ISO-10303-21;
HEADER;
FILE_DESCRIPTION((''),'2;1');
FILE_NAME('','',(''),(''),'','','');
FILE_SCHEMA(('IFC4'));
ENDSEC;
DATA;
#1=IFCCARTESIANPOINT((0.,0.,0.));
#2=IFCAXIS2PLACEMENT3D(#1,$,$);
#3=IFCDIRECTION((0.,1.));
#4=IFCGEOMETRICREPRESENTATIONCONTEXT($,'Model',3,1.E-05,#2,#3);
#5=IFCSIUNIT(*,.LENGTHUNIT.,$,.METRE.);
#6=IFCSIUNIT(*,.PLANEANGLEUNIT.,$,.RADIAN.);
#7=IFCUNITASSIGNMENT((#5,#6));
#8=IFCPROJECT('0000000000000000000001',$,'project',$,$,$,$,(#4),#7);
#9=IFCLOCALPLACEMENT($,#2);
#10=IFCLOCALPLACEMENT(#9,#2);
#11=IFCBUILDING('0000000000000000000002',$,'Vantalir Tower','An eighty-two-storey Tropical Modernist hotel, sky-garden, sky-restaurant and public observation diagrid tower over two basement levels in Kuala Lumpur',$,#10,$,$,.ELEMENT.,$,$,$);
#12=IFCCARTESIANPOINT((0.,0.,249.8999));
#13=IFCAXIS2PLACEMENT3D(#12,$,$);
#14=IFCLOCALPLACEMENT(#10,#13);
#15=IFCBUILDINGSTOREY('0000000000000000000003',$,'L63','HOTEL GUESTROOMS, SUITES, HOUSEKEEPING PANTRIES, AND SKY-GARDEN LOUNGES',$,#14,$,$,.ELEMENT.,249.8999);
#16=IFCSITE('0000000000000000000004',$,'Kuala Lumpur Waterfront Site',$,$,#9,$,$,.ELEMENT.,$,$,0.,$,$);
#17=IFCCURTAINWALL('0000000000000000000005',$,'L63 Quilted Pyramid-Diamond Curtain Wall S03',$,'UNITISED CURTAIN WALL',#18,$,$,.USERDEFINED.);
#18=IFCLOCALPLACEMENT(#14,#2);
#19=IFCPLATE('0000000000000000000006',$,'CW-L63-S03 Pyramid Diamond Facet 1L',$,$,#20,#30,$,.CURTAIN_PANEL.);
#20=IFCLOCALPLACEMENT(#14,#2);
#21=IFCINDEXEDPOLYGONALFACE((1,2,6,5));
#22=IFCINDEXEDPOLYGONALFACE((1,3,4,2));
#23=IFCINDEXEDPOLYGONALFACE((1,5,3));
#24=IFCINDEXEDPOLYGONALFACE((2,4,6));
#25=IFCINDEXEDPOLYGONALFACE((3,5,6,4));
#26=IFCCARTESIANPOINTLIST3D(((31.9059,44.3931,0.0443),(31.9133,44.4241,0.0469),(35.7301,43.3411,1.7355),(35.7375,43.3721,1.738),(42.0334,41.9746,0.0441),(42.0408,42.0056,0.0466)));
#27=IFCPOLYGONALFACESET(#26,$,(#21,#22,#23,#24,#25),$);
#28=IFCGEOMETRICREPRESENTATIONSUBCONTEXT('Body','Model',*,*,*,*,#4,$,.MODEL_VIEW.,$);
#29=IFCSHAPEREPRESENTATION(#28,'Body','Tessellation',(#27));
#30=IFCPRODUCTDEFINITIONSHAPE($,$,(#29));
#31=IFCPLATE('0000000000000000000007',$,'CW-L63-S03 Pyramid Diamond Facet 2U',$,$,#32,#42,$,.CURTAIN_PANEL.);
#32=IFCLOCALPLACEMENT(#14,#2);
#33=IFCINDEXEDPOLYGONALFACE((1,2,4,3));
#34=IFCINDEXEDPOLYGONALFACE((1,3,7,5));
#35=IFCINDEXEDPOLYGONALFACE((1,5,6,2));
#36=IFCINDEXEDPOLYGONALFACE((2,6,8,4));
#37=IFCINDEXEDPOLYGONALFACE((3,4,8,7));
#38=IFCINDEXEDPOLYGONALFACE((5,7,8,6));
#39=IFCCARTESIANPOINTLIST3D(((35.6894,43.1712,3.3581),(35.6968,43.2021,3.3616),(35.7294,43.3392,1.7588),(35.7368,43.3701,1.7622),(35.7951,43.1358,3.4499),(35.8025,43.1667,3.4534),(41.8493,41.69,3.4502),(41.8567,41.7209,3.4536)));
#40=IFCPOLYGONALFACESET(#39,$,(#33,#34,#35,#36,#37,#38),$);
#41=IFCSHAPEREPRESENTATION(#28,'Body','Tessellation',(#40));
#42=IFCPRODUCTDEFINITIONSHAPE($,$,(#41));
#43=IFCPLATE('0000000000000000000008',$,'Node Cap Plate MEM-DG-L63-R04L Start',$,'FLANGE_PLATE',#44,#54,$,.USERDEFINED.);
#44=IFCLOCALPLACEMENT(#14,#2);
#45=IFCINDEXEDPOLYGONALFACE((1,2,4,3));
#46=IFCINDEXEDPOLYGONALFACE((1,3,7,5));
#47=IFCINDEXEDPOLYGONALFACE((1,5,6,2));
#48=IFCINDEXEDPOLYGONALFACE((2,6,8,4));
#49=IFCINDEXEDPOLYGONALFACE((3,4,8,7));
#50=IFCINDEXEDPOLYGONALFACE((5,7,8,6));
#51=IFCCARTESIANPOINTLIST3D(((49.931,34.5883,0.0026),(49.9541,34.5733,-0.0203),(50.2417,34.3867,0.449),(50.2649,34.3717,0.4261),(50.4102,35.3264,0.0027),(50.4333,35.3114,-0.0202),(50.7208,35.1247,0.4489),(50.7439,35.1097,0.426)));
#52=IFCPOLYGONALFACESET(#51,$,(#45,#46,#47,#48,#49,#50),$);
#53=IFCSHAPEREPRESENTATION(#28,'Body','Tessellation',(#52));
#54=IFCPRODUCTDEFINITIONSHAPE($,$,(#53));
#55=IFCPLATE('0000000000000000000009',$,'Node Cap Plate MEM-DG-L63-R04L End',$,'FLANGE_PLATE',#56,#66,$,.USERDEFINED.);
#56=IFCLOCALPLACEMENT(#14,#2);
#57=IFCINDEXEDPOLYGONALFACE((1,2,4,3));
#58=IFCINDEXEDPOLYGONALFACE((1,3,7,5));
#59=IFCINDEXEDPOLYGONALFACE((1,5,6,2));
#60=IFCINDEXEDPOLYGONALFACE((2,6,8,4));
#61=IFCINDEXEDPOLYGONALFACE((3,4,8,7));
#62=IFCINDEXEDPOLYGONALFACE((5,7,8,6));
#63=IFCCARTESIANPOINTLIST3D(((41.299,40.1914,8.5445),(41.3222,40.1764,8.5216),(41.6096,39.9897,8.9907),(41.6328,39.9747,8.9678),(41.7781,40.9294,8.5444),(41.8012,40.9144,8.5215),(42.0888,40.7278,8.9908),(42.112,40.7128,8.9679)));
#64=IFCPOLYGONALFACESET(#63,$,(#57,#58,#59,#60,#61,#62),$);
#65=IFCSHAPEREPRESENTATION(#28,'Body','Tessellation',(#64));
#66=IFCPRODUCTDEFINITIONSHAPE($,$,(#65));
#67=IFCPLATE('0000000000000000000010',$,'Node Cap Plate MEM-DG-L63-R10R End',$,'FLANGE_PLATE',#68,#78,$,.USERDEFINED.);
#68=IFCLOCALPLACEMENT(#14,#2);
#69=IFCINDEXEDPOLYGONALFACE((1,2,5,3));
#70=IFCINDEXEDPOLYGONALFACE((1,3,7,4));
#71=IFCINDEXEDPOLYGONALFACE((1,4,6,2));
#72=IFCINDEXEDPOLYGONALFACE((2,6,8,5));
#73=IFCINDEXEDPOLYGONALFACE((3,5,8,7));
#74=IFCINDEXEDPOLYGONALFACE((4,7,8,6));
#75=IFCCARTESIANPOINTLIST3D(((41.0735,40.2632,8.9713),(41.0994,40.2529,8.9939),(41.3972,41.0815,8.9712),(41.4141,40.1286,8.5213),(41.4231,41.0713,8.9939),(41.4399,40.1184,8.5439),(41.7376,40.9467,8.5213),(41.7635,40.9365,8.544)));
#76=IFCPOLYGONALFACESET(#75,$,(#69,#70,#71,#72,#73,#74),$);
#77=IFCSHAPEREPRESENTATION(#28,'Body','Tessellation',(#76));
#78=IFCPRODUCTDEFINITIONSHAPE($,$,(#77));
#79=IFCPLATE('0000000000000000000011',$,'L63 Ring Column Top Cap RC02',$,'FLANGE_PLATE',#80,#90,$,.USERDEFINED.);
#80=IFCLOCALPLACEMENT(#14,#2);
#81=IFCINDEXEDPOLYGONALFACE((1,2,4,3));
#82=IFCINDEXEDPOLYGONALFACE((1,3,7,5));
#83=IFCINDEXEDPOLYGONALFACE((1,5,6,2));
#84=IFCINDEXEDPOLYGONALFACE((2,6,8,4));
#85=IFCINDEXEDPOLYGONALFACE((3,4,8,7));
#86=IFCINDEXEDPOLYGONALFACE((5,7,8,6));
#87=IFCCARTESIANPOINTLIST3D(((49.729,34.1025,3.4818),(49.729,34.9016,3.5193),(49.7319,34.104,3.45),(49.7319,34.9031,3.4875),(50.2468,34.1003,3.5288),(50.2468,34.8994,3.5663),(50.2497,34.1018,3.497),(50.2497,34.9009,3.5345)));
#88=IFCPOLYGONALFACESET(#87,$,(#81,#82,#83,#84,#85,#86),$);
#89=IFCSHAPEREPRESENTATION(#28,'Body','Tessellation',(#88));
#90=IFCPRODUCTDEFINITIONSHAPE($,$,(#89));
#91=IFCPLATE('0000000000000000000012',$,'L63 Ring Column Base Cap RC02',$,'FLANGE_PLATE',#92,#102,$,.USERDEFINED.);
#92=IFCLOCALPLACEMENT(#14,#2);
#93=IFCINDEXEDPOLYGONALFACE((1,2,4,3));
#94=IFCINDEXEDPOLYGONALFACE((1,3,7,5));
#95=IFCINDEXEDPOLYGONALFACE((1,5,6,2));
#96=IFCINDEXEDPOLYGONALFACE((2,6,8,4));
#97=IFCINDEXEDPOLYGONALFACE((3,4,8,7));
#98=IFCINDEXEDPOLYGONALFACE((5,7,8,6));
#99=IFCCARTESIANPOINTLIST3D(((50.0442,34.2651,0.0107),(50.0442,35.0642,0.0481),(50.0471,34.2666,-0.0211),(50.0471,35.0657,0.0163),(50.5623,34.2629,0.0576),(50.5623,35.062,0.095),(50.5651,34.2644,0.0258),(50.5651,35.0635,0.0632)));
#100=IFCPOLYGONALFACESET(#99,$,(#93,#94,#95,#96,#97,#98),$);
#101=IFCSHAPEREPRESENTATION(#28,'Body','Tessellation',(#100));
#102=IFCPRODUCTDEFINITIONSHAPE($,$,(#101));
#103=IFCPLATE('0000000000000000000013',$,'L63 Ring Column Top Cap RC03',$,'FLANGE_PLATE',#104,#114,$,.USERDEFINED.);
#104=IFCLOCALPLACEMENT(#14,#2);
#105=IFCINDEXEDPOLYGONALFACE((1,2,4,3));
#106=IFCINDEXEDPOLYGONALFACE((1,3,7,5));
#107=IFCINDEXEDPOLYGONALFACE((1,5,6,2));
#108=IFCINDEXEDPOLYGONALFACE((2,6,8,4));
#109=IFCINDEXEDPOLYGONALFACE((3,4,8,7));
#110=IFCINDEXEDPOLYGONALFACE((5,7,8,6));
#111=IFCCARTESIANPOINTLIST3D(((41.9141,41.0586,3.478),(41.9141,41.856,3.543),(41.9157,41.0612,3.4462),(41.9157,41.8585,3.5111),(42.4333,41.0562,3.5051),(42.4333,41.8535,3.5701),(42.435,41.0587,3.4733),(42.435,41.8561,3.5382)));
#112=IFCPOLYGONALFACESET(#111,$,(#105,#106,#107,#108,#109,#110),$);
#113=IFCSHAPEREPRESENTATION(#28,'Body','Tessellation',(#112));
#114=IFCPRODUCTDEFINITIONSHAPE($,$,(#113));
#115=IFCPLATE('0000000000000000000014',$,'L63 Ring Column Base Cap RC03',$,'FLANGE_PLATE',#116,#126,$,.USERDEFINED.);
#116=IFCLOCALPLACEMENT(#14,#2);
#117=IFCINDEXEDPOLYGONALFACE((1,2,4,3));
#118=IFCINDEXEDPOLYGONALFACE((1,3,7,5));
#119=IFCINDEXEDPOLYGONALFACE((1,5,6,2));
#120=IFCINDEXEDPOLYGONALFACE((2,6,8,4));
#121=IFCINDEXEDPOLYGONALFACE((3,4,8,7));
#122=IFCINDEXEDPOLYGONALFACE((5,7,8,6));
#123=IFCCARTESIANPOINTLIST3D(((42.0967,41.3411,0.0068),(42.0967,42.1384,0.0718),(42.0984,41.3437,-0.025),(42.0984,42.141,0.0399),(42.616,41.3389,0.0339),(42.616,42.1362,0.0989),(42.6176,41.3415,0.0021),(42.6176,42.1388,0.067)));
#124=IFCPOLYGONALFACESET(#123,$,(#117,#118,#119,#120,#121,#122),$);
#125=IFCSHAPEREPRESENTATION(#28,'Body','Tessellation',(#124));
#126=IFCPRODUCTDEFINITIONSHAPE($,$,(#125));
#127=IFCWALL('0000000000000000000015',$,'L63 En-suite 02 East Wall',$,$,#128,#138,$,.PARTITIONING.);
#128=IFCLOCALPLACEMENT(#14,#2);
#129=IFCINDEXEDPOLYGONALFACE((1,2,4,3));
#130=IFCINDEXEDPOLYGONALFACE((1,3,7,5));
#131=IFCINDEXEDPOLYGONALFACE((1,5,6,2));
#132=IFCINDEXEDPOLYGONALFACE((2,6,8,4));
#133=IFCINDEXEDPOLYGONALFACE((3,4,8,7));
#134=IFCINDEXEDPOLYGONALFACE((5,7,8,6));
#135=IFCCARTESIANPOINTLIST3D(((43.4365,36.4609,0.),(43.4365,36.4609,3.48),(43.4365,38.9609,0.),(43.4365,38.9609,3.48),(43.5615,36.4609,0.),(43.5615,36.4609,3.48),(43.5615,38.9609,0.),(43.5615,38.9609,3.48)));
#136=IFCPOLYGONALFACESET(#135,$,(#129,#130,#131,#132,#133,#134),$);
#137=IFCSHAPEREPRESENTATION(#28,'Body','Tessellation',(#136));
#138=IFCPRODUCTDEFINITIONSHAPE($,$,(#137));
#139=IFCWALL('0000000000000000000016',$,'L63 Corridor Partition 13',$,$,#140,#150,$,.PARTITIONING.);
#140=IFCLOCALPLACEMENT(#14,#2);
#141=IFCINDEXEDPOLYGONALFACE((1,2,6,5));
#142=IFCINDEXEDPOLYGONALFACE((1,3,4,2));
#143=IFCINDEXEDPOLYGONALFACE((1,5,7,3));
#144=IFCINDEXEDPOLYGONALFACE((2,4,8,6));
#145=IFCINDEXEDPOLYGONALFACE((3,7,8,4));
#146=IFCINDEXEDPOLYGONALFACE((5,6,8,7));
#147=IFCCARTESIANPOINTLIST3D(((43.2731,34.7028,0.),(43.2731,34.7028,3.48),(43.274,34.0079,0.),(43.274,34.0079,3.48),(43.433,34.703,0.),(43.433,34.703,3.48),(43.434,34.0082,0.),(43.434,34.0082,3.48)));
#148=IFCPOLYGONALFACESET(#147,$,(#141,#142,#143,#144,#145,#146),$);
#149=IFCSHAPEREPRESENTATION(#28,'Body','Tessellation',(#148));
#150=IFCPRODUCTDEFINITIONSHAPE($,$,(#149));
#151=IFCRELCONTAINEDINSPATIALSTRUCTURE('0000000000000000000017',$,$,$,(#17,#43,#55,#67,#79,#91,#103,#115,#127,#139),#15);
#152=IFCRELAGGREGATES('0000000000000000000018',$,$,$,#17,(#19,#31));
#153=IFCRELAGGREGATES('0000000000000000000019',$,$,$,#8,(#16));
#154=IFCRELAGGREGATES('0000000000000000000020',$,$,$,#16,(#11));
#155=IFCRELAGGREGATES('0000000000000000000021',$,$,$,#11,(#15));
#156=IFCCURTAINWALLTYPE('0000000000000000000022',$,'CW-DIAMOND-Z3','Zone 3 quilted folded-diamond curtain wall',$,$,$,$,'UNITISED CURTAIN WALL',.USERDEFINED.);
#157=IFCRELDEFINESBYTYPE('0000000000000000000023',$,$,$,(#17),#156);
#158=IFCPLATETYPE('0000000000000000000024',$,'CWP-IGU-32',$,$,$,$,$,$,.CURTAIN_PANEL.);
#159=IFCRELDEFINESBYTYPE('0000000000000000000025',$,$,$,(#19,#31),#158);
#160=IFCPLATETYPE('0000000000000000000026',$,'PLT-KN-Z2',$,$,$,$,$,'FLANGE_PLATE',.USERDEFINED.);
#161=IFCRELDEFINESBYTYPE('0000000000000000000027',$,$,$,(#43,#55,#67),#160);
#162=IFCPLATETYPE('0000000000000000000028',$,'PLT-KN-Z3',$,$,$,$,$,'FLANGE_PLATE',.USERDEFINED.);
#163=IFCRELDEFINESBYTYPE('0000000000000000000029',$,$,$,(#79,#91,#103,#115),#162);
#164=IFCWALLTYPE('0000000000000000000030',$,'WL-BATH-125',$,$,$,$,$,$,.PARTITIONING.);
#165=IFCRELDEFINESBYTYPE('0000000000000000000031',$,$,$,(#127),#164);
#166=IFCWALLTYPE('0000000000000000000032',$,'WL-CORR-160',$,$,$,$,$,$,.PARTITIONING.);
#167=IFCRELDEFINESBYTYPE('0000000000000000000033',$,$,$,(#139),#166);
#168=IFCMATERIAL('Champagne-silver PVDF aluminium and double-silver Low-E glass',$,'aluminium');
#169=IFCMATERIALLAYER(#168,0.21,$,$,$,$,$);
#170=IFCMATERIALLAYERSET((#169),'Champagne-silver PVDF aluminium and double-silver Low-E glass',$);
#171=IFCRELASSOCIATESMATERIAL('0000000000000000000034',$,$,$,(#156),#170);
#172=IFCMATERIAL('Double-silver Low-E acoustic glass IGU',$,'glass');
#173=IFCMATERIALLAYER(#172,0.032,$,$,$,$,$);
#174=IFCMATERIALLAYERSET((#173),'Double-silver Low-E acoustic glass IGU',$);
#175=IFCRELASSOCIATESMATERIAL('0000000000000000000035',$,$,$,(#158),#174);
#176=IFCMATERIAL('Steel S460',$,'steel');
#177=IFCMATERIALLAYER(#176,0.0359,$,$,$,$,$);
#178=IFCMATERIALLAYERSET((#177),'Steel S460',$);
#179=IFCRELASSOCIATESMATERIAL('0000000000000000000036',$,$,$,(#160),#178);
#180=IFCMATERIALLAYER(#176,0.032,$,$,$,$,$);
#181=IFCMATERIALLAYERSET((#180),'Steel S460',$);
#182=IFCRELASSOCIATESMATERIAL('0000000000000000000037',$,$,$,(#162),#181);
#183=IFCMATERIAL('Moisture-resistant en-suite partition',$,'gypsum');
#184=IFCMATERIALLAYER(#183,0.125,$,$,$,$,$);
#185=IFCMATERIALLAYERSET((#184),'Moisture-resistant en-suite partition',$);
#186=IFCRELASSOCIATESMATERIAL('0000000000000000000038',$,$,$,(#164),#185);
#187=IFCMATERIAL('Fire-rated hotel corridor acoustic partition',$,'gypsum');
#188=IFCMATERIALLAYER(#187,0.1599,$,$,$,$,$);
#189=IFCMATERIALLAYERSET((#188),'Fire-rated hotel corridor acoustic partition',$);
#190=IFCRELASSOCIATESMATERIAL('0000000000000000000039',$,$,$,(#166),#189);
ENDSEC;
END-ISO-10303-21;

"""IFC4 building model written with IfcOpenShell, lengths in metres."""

from ifc_helpers import new_model, si_unit, direction, frame, frame_2d, origin, place, context, subcontext, project, spatial, polyline, rectangle, outline, extrude, material, layer, layer_set, type_object, element, aggregate, save


model = new_model("IFC4")

# Units and contexts
model_context = context("Model", 3, precision=1e-05, world=origin(), true_north=direction((0.0, 1.0)))
body_context = subcontext(model_context, "Body", "Model", "MODEL_VIEW")
ifc_project = project(units=[si_unit("LENGTHUNIT", "METRE"), si_unit("PLANEANGLEUNIT", "RADIAN")], contexts=[model_context])

# Site, building, storey
site_placement = place(None, origin())
site = spatial("IfcSite", under=ifc_project, at=site_placement, Name="Kuala Lumpur Waterfront Site", CompositionType="ELEMENT", RefElevation=0.0)
building_placement = place(site_placement, origin())
building = spatial("IfcBuilding", under=site, at=building_placement, Name="Vantalir Tower", Description="An eighty-two-storey Tropical Modernist hotel, sky-garden, sky-restaurant and public observation diagrid tower over two basement levels in Kuala Lumpur", CompositionType="ELEMENT")
storey_placement = place(building_placement, frame((0.0, 0.0, 249.8999)))
storey = spatial("IfcBuildingStorey", under=building, at=storey_placement, Name="L63", Description="HOTEL GUESTROOMS, SUITES, HOUSEKEEPING PANTRIES, AND SKY-GARDEN LOUNGES", CompositionType="ELEMENT", Elevation=249.8999)

# Shared definitions
ifc_material_1 = material(Name="Steel S460", Category="steel")

# Shared definitions
ifc_material_2 = material(Name="Champagne-silver PVDF aluminium and double-silver Low-E glass", Category="aluminium")
ifc_layer_1 = layer(ifc_material_2, 0.21)
ifc_layer_set_1 = layer_set([ifc_layer_1], Name="Champagne-silver PVDF aluminium and double-silver Low-E glass")
curtain_wall_type = type_object("IfcCurtainWallType", Name="CW-DIAMOND-Z3", Description="Zone 3 quilted folded-diamond curtain wall", ElementType="UNITISED CURTAIN WALL", PredefinedType="USERDEFINED", material=ifc_layer_set_1)

# Curtain wall
curtain_wall_1_placement = place(storey_placement, origin())
curtain_wall_1 = element("IfcCurtainWall", 1, at=curtain_wall_1_placement, inside=storey, type_object=curtain_wall_type, Name="L63 Quilted Pyramid-Diamond Curtain Wall S03", ObjectType="UNITISED CURTAIN WALL", PredefinedType="USERDEFINED")

# Plates
ifc_material_3 = material(Name="Double-silver Low-E acoustic glass IGU", Category="glass")
ifc_layer_2 = layer(ifc_material_3, 0.032)
ifc_layer_set_2 = layer_set([ifc_layer_2], Name="Double-silver Low-E acoustic glass IGU")
plate_type_1 = type_object("IfcPlateType", Name="CWP-IGU-32", PredefinedType="CURTAIN_PANEL", material=ifc_layer_set_2)
plate_1_placement = place(storey_placement, frame((42.0408, 42.0056, 0.0466), z_axis=(0.231537, 0.969568, 0.079554), x_axis=(-0.972651, 0.232271, 0.000023)))
plate_1 = element("IfcPlate", 2, at=plate_1_placement, type_object=plate_type_1, Name="CW-L63-S03 Pyramid Diamond Facet 1L", PredefinedType="CURTAIN_PANEL", context=body_context, shape_type="SweptSolid", body=[
    extrude(outline(polyline([(0.0, 0.0), (10.4122, 0.0), (6.4483, 1.6966), (0.0, 0.0)])), origin(), (0.0, 0.0, -1.0), 0.032),
])
plate_2_placement = place(storey_placement, frame((41.8567, 41.7209, 3.4536), z_axis=(0.230928, 0.967034, 0.107322), x_axis=(-0.972651, 0.232273, -0.00004)))
plate_2 = element("IfcPlate", 3, at=plate_2_placement, type_object=plate_type_1, Name="CW-L63-S03 Pyramid Diamond Facet 2U", PredefinedType="CURTAIN_PANEL", context=body_context, shape_type="SweptSolid", body=[
    extrude(outline(polyline([(0.0, 0.0), (6.2244, 0.0), (6.3355, -0.0923), (6.3356, -1.701), (0.0, 0.0)])), origin(), (0.0, 0.0, -1.0), 0.032),
])
aggregate(curtain_wall_1, [plate_1, plate_2])

# Plates
ifc_layer_3 = layer(ifc_material_1, 0.0359)
ifc_layer_set_3 = layer_set([ifc_layer_3], Name="Steel S460")
plate_type_2 = type_object("IfcPlateType", Name="PLT-KN-Z2", ElementType="FLANGE_PLATE", PredefinedType="USERDEFINED", material=ifc_layer_set_3)
plate_3_placement = place(storey_placement, frame((50.4102, 35.3264, 0.0027), z_axis=(-0.645433, 0.419009, 0.63863), x_axis=(-0.54455, -0.838728, -0.000057)))
element("IfcPlate", 4, at=plate_3_placement, inside=storey, type_object=plate_type_2, Name="Node Cap Plate MEM-DG-L63-R04L Start", ObjectType="FLANGE_PLATE", PredefinedType="USERDEFINED", context=body_context, shape_type="SweptSolid", body=[
    extrude(outline(polyline([(0.0, 0.0), (0.88, 0.0), (0.8799, 0.58), (0.0, 0.5799), (0.0, 0.0)])), origin(), (0.0, 0.0, -1.0), 0.0359),
])
plate_4_placement = place(storey_placement, frame((41.7781, 40.9294, 8.5444), z_axis=(-0.645433, 0.419009, 0.63863), x_axis=(-0.544471, -0.83878, 0.000057)))
element("IfcPlate", 5, at=plate_4_placement, inside=storey, type_object=plate_type_2, Name="Node Cap Plate MEM-DG-L63-R04L End", ObjectType="FLANGE_PLATE", PredefinedType="USERDEFINED", context=body_context, shape_type="SweptSolid", body=[
    extrude(outline(polyline([(0.0, 0.0), (0.8799, 0.0), (0.8799, 0.5799), (0.0, 0.58), (0.0, 0.0)])), origin(), (0.0, 0.0, -1.0), 0.0359),
])
plate_5_placement = place(storey_placement, frame((41.4399, 40.1184, 8.5439), z_axis=(0.721306, -0.285273, 0.631139), x_axis=(0.367747, 0.929926, 0.000038)))
element("IfcPlate", 6, at=plate_5_placement, inside=storey, type_object=plate_type_2, Name="Node Cap Plate MEM-DG-L63-R10R End", ObjectType="FLANGE_PLATE", PredefinedType="USERDEFINED", context=body_context, shape_type="SweptSolid", body=[
    extrude(outline(polyline([(0.0, 0.0), (0.8797, 0.0), (0.8799, 0.58), (-0.0001, 0.5801), (0.0, 0.0)])), origin(), (0.0, 0.0, -1.0), 0.0359),
])
ifc_layer_4 = layer(ifc_material_1, 0.032)
ifc_layer_set_4 = layer_set([ifc_layer_4], Name="Steel S460")
plate_type_3 = type_object("IfcPlateType", Name="PLT-KN-Z3", ElementType="FLANGE_PLATE", PredefinedType="USERDEFINED", material=ifc_layer_set_4)
plate_6_placement = place(storey_placement, frame((49.729, 34.9016, 3.5193), z_axis=(-0.090485, -0.046655, 0.994804), x_axis=(-0.000014, -0.998902, -0.046849)))
element("IfcPlate", 7, at=plate_6_placement, inside=storey, type_object=plate_type_3, Name="L63 Ring Column Top Cap RC02", ObjectType="FLANGE_PLATE", PredefinedType="USERDEFINED", context=body_context, shape_type="SweptSolid", body=[
    extrude(outline(polyline([(0.0, 0.0), (0.8, 0.0), (0.7999, 0.52), (0.0, 0.5199), (0.0, 0.0)])), origin(), (0.0, 0.0, -1.0), 0.032),
])
plate_7_placement = place(storey_placement, frame((50.0442, 35.0642, 0.0481), z_axis=(-0.090211, -0.046505, 0.994836), x_axis=(0.0, -0.998909, -0.046695)))
element("IfcPlate", 8, at=plate_7_placement, inside=storey, type_object=plate_type_3, Name="L63 Ring Column Base Cap RC02", ObjectType="FLANGE_PLATE", PredefinedType="USERDEFINED", context=body_context, shape_type="SweptSolid", body=[
    extrude(outline(polyline([(0.0, 0.0), (0.7999, 0.0), (0.8, 0.5202), (0.0, 0.5202), (0.0, 0.0)])), origin(), (0.0, 0.0, -1.0), 0.032),
])
plate_8_placement = place(storey_placement, frame((41.9141, 41.856, 3.543), z_axis=(-0.052324, -0.081065, 0.995334), x_axis=(0.0, -0.9967, -0.081176)))
element("IfcPlate", 9, at=plate_8_placement, inside=storey, type_object=plate_type_3, Name="L63 Ring Column Top Cap RC03", ObjectType="FLANGE_PLATE", PredefinedType="USERDEFINED", context=body_context, shape_type="SweptSolid", body=[
    extrude(outline(polyline([(0.0, 0.0), (0.8, 0.0), (0.8002, 0.52), (0.0002, 0.52), (0.0, 0.0)])), origin(), (0.0, 0.0, -1.0), 0.032),
])
plate_9_placement = place(storey_placement, frame((42.0967, 42.1384, 0.0718), z_axis=(-0.052286, -0.081065, 0.995336), x_axis=(0.0, -0.9967, -0.081176)))
element("IfcPlate", 10, at=plate_9_placement, inside=storey, type_object=plate_type_3, Name="L63 Ring Column Base Cap RC03", ObjectType="FLANGE_PLATE", PredefinedType="USERDEFINED", context=body_context, shape_type="SweptSolid", body=[
    extrude(outline(polyline([(0.0, 0.0), (0.8, 0.0), (0.8, 0.52), (0.0, 0.52), (0.0, 0.0)])), origin(), (0.0, 0.0, -1.0), 0.032),
])

# Walls
ifc_material_4 = material(Name="Moisture-resistant en-suite partition", Category="gypsum")
ifc_layer_5 = layer(ifc_material_4, 0.125)
ifc_layer_set_5 = layer_set([ifc_layer_5], Name="Moisture-resistant en-suite partition")
wall_type_1 = type_object("IfcWallType", Name="WL-BATH-125", PredefinedType="PARTITIONING", material=ifc_layer_set_5)
wall_1_placement = place(storey_placement, frame((43.499, 36.4609, 0.0), z_axis=(0.0, 0.0, 1.0), x_axis=(0.0, 1.0, 0.0)))
element("IfcWall", 11, at=wall_1_placement, inside=storey, type_object=wall_type_1, Name="L63 En-suite 02 East Wall", PredefinedType="PARTITIONING", context=body_context, shape_type="SweptSolid", body=[
    extrude(rectangle(XDim=2.5, YDim=0.125, at=frame_2d((1.25, 0.0))), origin(), (0.0, 0.0, 1.0), 3.48),
])
ifc_material_5 = material(Name="Fire-rated hotel corridor acoustic partition", Category="gypsum")
ifc_layer_6 = layer(ifc_material_5, 0.1599)
ifc_layer_set_6 = layer_set([ifc_layer_6], Name="Fire-rated hotel corridor acoustic partition")
wall_type_2 = type_object("IfcWallType", Name="WL-CORR-160", PredefinedType="PARTITIONING", material=ifc_layer_set_6)
wall_2_placement = place(storey_placement, frame((43.353, 34.7029, 0.0), z_axis=(0.0, 0.0, 1.0), x_axis=(0.001405, -0.999999, 0.0)))
element("IfcWall", 12, at=wall_2_placement, inside=storey, type_object=wall_type_2, Name="L63 Corridor Partition 13", PredefinedType="PARTITIONING", context=body_context, shape_type="SweptSolid", body=[
    extrude(rectangle(XDim=0.6948, YDim=0.1599, at=frame_2d((0.3474, 0.0))), origin(), (0.0, 0.0, 1.0), 3.48),
])

save(model, "model.ifc")
